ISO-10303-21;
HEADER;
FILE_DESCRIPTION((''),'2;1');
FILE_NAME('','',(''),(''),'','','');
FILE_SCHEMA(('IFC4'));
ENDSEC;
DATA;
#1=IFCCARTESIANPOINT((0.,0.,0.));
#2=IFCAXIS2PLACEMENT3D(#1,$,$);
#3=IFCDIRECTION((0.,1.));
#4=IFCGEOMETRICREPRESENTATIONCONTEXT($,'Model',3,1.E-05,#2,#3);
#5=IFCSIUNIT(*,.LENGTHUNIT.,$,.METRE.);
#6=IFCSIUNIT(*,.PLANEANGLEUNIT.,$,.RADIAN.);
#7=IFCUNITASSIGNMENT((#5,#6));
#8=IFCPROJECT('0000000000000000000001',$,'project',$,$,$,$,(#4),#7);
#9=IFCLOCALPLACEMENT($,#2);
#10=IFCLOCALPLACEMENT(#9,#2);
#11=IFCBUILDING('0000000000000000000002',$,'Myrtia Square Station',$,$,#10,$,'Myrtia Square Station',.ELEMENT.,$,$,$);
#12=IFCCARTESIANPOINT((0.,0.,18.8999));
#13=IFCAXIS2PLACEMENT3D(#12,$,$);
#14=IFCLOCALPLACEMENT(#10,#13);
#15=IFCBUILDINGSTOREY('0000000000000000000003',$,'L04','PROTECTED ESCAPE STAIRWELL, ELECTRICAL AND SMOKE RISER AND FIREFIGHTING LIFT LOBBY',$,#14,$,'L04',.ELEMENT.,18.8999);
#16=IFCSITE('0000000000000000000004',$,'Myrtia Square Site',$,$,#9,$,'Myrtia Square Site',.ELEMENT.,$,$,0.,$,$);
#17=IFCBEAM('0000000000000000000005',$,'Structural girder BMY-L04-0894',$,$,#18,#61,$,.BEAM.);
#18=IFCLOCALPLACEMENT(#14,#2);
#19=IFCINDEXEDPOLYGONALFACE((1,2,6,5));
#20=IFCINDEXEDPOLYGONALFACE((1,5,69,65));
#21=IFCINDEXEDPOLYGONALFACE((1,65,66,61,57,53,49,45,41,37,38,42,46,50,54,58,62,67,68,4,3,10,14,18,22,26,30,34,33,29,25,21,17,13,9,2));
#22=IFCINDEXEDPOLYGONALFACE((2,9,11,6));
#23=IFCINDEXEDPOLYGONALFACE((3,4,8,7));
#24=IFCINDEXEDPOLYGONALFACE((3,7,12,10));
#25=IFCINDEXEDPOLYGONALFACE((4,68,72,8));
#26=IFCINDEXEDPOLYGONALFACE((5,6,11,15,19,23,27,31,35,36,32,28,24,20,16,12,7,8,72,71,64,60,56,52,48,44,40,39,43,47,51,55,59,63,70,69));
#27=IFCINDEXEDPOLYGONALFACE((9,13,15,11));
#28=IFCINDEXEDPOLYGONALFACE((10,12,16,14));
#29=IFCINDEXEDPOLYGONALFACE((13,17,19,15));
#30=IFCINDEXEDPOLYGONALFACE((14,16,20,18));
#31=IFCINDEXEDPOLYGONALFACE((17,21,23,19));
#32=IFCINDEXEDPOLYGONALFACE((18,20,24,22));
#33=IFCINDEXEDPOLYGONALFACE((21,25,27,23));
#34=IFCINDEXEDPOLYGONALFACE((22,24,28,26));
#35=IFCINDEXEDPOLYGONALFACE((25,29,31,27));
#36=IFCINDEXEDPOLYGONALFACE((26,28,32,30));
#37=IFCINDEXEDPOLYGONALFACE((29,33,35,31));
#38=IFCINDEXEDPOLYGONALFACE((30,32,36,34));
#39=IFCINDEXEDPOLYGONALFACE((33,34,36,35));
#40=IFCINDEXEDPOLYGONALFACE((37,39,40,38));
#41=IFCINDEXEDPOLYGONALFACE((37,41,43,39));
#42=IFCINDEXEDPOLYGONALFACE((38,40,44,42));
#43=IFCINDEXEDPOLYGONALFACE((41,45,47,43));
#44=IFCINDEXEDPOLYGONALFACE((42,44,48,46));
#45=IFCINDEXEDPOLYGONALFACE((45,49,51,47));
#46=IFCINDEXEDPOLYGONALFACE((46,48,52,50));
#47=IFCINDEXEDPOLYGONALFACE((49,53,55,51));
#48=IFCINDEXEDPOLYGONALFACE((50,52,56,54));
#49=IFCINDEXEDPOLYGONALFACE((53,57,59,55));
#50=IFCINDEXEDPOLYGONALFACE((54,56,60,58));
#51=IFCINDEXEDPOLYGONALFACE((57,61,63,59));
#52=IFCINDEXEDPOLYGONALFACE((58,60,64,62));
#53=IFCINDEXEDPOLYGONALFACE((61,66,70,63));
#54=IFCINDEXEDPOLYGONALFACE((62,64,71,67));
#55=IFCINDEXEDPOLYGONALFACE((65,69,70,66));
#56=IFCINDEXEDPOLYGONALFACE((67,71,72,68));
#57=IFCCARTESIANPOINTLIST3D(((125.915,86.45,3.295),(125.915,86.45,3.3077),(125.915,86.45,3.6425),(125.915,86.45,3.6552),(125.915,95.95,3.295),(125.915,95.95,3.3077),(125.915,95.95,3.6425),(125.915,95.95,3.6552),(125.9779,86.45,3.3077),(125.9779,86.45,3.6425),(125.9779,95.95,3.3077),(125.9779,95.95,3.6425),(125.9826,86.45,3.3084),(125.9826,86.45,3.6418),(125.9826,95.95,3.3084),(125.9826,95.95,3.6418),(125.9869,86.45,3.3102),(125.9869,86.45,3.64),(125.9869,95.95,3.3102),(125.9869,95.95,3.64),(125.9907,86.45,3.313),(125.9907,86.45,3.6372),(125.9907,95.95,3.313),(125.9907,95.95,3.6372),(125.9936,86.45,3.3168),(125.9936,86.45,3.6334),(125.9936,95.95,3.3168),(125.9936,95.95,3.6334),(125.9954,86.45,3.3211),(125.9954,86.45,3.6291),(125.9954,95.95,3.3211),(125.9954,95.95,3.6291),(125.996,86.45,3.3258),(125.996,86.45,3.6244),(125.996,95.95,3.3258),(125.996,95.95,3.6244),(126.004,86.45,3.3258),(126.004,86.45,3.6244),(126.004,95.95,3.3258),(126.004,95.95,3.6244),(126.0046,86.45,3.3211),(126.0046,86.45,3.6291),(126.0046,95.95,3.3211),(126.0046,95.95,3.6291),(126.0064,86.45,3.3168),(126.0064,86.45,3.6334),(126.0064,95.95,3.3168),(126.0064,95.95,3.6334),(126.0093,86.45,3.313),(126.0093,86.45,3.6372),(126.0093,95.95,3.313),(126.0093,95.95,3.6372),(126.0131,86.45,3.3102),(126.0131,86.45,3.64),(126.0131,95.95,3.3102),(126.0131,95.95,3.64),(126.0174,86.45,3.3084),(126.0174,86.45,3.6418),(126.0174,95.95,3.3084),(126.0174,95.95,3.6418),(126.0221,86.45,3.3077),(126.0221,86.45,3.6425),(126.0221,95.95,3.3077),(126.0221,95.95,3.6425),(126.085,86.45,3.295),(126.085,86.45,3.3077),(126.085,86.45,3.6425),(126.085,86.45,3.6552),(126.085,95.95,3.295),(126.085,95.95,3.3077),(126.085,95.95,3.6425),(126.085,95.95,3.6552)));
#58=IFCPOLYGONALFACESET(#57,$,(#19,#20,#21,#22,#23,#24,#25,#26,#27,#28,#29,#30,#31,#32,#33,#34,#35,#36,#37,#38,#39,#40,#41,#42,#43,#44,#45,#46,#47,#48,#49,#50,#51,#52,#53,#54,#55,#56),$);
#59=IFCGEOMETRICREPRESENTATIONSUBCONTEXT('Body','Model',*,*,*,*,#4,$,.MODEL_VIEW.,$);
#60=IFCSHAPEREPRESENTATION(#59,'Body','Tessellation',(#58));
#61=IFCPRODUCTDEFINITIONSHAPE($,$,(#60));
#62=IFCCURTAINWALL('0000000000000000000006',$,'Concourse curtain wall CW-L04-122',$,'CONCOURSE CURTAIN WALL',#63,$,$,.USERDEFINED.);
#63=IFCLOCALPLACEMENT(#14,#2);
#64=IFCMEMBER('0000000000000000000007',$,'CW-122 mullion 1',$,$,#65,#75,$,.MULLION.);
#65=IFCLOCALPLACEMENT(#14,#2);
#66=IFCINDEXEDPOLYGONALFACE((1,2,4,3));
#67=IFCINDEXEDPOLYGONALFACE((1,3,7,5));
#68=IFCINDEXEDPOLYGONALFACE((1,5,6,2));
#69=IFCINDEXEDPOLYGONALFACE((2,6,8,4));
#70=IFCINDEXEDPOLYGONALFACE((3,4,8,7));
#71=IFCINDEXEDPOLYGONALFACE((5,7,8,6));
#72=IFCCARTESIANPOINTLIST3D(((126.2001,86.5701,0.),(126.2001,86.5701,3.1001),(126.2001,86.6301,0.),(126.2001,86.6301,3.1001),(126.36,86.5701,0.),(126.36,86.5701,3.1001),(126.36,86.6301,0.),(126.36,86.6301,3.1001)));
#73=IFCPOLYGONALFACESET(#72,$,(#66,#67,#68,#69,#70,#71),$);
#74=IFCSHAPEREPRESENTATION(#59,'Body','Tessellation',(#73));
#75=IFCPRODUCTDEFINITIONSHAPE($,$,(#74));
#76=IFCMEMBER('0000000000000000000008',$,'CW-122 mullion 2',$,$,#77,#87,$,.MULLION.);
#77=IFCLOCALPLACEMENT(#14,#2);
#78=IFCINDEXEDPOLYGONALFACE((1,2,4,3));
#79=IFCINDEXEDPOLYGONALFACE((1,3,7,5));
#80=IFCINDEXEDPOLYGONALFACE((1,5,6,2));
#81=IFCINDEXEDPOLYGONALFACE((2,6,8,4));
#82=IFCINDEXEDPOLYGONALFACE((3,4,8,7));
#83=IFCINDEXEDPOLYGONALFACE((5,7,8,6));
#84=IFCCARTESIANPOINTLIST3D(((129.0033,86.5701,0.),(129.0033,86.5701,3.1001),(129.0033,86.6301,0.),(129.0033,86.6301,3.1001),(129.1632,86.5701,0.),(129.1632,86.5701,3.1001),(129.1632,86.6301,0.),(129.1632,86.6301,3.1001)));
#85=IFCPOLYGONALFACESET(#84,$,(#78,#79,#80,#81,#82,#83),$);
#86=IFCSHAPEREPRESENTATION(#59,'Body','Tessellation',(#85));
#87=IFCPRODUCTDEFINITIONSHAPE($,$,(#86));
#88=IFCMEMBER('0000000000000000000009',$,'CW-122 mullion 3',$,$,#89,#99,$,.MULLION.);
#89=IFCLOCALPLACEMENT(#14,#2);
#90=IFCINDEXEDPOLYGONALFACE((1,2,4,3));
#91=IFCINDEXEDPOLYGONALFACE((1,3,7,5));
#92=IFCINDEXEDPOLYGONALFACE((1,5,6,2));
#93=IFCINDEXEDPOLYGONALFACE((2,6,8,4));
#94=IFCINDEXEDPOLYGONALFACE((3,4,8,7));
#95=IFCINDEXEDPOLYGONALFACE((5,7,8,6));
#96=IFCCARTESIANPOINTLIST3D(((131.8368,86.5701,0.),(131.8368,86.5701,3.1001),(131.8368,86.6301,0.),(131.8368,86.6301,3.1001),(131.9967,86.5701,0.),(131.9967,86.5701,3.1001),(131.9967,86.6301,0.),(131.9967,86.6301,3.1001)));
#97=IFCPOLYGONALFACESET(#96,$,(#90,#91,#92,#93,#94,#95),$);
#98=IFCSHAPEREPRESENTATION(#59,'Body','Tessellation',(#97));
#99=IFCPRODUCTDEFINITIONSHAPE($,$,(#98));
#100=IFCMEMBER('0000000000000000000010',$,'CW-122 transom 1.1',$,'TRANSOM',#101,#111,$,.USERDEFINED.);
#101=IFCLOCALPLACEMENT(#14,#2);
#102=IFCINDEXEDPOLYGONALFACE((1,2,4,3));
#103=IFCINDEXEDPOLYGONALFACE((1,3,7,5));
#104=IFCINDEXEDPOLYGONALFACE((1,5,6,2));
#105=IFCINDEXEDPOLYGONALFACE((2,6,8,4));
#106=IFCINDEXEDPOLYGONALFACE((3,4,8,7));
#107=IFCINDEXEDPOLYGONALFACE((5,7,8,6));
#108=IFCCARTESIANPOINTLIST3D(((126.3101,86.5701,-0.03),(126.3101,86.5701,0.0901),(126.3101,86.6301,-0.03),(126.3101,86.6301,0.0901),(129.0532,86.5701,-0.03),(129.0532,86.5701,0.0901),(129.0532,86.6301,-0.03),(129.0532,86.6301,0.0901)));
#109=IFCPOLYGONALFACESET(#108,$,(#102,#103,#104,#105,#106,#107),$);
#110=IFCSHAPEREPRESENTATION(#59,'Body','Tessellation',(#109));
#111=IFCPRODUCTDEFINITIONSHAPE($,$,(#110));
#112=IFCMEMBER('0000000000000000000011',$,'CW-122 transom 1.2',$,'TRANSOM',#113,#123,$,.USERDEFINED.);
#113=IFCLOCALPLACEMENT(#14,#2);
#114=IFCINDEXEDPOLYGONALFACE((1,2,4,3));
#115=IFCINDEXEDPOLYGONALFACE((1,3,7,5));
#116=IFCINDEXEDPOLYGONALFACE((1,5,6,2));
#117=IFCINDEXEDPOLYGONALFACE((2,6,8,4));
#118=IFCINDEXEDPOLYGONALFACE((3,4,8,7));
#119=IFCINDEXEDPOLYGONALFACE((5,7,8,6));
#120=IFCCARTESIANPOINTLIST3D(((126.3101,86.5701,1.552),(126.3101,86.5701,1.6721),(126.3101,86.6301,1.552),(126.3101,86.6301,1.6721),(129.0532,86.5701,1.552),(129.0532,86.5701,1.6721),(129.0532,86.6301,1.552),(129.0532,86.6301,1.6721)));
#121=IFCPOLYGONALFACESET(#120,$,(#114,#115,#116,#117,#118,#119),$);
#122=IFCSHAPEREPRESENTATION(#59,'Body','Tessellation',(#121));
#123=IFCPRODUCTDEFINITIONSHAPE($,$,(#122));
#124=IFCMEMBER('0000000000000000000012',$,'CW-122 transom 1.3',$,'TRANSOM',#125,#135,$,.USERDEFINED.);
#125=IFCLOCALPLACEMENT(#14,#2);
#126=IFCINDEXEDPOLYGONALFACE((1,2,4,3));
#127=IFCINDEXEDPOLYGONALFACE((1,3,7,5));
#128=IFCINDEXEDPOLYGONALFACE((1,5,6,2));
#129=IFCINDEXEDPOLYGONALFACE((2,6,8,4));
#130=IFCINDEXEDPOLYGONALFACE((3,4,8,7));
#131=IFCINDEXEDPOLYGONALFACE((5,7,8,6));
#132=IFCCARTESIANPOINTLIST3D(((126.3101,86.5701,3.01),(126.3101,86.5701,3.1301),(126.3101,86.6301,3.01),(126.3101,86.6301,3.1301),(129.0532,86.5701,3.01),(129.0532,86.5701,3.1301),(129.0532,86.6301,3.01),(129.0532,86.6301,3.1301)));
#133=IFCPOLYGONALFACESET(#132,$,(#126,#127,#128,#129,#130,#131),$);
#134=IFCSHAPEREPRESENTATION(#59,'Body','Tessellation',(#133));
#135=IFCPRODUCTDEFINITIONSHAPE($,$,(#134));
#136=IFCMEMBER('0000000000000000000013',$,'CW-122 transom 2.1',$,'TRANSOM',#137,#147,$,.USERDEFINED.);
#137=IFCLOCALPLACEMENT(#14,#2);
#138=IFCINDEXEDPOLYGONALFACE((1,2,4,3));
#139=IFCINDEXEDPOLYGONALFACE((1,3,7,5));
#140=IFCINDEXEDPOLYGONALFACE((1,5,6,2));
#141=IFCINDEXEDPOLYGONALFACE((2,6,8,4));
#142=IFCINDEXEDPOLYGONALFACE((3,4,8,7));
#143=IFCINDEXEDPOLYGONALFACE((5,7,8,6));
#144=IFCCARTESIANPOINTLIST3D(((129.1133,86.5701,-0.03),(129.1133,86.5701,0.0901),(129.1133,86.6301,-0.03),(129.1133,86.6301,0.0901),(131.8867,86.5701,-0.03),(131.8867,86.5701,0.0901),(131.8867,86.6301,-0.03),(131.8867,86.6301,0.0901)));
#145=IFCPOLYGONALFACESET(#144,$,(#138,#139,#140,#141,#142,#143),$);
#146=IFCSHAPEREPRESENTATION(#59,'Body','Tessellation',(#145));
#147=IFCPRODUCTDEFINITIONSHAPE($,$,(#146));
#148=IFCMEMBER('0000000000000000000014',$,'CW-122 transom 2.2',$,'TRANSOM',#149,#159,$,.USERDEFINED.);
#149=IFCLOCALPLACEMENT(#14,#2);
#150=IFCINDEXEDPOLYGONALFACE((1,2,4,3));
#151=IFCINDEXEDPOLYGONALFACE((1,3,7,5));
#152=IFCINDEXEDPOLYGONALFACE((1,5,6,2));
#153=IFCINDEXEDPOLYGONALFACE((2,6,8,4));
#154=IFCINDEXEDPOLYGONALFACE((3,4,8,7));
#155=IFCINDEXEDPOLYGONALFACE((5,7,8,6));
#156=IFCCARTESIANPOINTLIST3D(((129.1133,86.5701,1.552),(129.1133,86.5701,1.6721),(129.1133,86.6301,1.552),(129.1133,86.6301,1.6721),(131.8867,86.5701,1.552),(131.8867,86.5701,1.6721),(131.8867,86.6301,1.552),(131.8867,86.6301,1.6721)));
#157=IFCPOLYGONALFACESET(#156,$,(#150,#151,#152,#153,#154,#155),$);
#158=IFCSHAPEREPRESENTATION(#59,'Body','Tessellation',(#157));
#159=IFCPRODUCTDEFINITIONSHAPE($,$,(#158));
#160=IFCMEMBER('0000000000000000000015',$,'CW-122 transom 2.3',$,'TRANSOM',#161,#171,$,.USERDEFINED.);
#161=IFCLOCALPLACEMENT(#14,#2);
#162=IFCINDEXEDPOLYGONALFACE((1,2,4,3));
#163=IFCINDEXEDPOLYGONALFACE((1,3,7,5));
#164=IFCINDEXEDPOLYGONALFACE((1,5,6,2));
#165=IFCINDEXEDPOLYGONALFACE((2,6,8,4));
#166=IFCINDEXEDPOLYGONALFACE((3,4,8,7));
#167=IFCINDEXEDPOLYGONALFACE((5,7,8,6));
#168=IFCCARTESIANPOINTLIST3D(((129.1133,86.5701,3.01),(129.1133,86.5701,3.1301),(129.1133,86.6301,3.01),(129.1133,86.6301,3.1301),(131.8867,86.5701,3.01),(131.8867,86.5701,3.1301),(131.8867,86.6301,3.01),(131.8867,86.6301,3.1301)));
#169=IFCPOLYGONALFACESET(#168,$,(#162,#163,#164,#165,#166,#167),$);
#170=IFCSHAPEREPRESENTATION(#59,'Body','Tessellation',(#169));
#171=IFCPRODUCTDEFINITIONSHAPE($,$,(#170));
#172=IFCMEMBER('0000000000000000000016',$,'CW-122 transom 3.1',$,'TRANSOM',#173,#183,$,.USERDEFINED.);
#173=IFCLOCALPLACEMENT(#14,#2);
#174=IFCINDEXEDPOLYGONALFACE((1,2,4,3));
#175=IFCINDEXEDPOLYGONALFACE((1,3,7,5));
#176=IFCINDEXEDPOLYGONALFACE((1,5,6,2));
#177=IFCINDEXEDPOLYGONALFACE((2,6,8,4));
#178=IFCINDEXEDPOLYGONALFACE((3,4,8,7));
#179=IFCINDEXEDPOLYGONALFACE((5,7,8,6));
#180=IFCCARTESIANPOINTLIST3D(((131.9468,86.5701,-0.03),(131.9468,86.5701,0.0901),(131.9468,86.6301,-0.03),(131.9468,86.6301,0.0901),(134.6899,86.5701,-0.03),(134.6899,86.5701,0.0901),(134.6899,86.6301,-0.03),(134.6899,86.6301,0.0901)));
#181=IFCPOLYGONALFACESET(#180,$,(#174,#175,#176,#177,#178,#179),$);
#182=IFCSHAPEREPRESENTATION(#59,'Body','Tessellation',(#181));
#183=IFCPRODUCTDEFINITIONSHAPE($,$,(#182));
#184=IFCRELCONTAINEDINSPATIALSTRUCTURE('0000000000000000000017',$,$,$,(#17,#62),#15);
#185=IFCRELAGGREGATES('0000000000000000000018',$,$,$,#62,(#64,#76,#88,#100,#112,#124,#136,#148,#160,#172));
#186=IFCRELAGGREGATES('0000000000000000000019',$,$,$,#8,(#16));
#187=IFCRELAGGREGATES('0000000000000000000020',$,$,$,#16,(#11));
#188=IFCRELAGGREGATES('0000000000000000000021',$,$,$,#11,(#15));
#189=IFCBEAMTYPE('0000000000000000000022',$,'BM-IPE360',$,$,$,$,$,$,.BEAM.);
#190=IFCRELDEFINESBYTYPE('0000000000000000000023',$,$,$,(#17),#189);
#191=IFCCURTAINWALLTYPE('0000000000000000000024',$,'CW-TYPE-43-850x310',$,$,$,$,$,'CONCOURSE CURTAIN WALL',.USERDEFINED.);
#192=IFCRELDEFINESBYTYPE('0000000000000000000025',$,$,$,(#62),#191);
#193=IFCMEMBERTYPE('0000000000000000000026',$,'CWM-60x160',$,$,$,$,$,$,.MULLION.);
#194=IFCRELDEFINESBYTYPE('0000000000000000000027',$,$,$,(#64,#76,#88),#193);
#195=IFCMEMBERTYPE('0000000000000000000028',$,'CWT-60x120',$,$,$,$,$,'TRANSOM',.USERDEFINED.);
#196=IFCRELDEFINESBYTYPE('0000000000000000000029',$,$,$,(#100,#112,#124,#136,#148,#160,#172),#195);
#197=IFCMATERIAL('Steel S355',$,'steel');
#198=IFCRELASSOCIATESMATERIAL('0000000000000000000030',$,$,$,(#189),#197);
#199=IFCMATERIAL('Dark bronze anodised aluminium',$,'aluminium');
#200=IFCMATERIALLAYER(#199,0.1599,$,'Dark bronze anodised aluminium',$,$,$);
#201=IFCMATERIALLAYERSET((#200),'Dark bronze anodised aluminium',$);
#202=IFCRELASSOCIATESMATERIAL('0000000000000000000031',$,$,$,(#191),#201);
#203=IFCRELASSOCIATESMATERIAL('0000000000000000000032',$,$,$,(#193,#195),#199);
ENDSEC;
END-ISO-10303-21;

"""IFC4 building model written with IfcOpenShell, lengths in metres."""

from ifc_helpers import new_model, si_unit, direction, frame, origin, origin_2d, place, context, subcontext, project, spatial, rectangle, i_section, extrude, material, layer, layer_set, material_profile, profile_set, type_object, element, aggregate, save


model = new_model("IFC4")

# Units and contexts
model_context = context("Model", 3, precision=1e-05, world=origin(), true_north=direction((0.0, 1.0)))
body_context = subcontext(model_context, "Body", "Model", "MODEL_VIEW")
ifc_project = project(units=[si_unit("LENGTHUNIT", "METRE"), si_unit("PLANEANGLEUNIT", "RADIAN")], contexts=[model_context])

# Site, building, storey
site_placement = place(None, origin())
site = spatial("IfcSite", under=ifc_project, at=site_placement, Name="Myrtia Square Site", LongName="Myrtia Square Site", CompositionType="ELEMENT", RefElevation=0.0)
building_placement = place(site_placement, origin())
building = spatial("IfcBuilding", under=site, at=building_placement, Name="Myrtia Square Station", LongName="Myrtia Square Station", CompositionType="ELEMENT")
storey_placement = place(building_placement, frame((0.0, 0.0, 18.8999)))
storey = spatial("IfcBuildingStorey", under=building, at=storey_placement, Name="L04", Description="PROTECTED ESCAPE STAIRWELL, ELECTRICAL AND SMOKE RISER AND FIREFIGHTING LIFT LOBBY", LongName="L04", CompositionType="ELEMENT", Elevation=18.8999)

# Shared definitions
ifc_material_1 = material(Name="Steel S355", Category="steel")

# Beam
ifc_material_profile_1 = material_profile(ifc_material_1, i_section(OverallWidth=0.1699, OverallDepth=0.3601, WebThickness=0.0081, FlangeThickness=0.0127, FilletRadius=0.0181, at=origin_2d()), Name="IPE 360")
ifc_profile_set_1 = profile_set([ifc_material_profile_1], Name="Steel S355")
beam_type_1 = type_object("IfcBeamType", Name="BM-IPE360", PredefinedType="BEAM", material=ifc_profile_set_1)
beam_1_placement = place(storey_placement, frame((126.0, 86.45, 3.4751), z_axis=(0.0, 1.0, 0.0), x_axis=(-1.0, 0.0, 0.0)))
element("IfcBeam", 1, at=beam_1_placement, inside=storey, type_object=beam_type_1, Name="Structural girder BMY-L04-0894", PredefinedType="BEAM", context=body_context, shape_type="SweptSolid", body=[
    extrude(i_section(OverallWidth=0.1699, OverallDepth=0.3601, WebThickness=0.0081, FlangeThickness=0.0127, FilletRadius=0.0181, at=origin_2d()), origin(), (0.0, 0.0, 1.0), 9.5),
])

# Curtain wall, members
ifc_material_2 = material(Name="Dark bronze anodised aluminium", Category="aluminium")
ifc_layer_1 = layer(ifc_material_2, 0.1599, Name="Dark bronze anodised aluminium")
ifc_layer_set_1 = layer_set([ifc_layer_1], Name="Dark bronze anodised aluminium")
curtain_wall_type = type_object("IfcCurtainWallType", Name="CW-TYPE-43-850x310", ElementType="CONCOURSE CURTAIN WALL", PredefinedType="USERDEFINED", material=ifc_layer_set_1)
curtain_wall_placement = place(storey_placement, origin())
curtain_wall = element("IfcCurtainWall", 2, at=curtain_wall_placement, inside=storey, type_object=curtain_wall_type, Name="Concourse curtain wall CW-L04-122", ObjectType="CONCOURSE CURTAIN WALL", PredefinedType="USERDEFINED")
ifc_material_profile_2 = material_profile(ifc_material_2, rectangle(XDim=0.0601, YDim=0.1599, at=origin_2d()), Name="ALU-M 60x160")
ifc_profile_set_2 = profile_set([ifc_material_profile_2], Name="Dark bronze anodised aluminium")
member_type_1 = type_object("IfcMemberType", Name="CWM-60x160", PredefinedType="MULLION", material=ifc_profile_set_2)
member_1_placement = place(storey_placement, frame((126.28, 86.6001, 0.0), z_axis=(0.0, 0.0, 1.0), x_axis=(0.0, 1.0, 0.0)))
member_1 = element("IfcMember", 3, at=member_1_placement, type_object=member_type_1, Name="CW-122 mullion 1", PredefinedType="MULLION", context=body_context, shape_type="SweptSolid", body=[
    extrude(rectangle(XDim=0.0601, YDim=0.1599, at=origin_2d()), origin(), (0.0, 0.0, 1.0), 3.1001),
])
member_2_placement = place(storey_placement, frame((129.0833, 86.6001, 0.0), z_axis=(0.0, 0.0, 1.0), x_axis=(0.0, 1.0, 0.0)))
member_2 = element("IfcMember", 4, at=member_2_placement, type_object=member_type_1, Name="CW-122 mullion 2", PredefinedType="MULLION", context=body_context, shape_type="SweptSolid", body=[
    extrude(rectangle(XDim=0.0601, YDim=0.1599, at=origin_2d()), origin(), (0.0, 0.0, 1.0), 3.1001),
])
member_3_placement = place(storey_placement, frame((131.9167, 86.6001, 0.0), z_axis=(0.0, 0.0, 1.0), x_axis=(0.0, 1.0, 0.0)))
member_3 = element("IfcMember", 5, at=member_3_placement, type_object=member_type_1, Name="CW-122 mullion 3", PredefinedType="MULLION", context=body_context, shape_type="SweptSolid", body=[
    extrude(rectangle(XDim=0.0601, YDim=0.1599, at=origin_2d()), origin(), (0.0, 0.0, 1.0), 3.1001),
])
ifc_material_profile_3 = material_profile(ifc_material_2, rectangle(XDim=0.0601, YDim=0.1201, at=origin_2d()), Name="ALU-T 60x120")
ifc_profile_set_3 = profile_set([ifc_material_profile_3], Name="Dark bronze anodised aluminium")
member_type_2 = type_object("IfcMemberType", Name="CWT-60x120", ElementType="TRANSOM", PredefinedType="USERDEFINED", material=ifc_profile_set_3)
member_4_placement = place(storey_placement, frame((126.3101, 86.6001, 0.03), z_axis=(1.0, 0.0, 0.0), x_axis=(0.0, 1.0, 0.0)))
member_4 = element("IfcMember", 6, at=member_4_placement, type_object=member_type_2, Name="CW-122 transom 1.1", ObjectType="TRANSOM", PredefinedType="USERDEFINED", context=body_context, shape_type="SweptSolid", body=[
    extrude(rectangle(XDim=0.0601, YDim=0.1201, at=origin_2d()), origin(), (0.0, 0.0, 1.0), 2.7432),
])
member_5_placement = place(storey_placement, frame((126.3101, 86.6001, 1.6121), z_axis=(1.0, 0.0, 0.0), x_axis=(0.0, 1.0, 0.0)))
member_5 = element("IfcMember", 7, at=member_5_placement, type_object=member_type_2, Name="CW-122 transom 1.2", ObjectType="TRANSOM", PredefinedType="USERDEFINED", context=body_context, shape_type="SweptSolid", body=[
    extrude(rectangle(XDim=0.0601, YDim=0.1201, at=origin_2d()), origin(), (0.0, 0.0, 1.0), 2.7432),
])
member_6_placement = place(storey_placement, frame((126.3101, 86.6001, 3.0701), z_axis=(1.0, 0.0, 0.0), x_axis=(0.0, 1.0, 0.0)))
member_6 = element("IfcMember", 8, at=member_6_placement, type_object=member_type_2, Name="CW-122 transom 1.3", ObjectType="TRANSOM", PredefinedType="USERDEFINED", context=body_context, shape_type="SweptSolid", body=[
    extrude(rectangle(XDim=0.0601, YDim=0.1201, at=origin_2d()), origin(), (0.0, 0.0, 1.0), 2.7432),
])
member_7_placement = place(storey_placement, frame((129.1133, 86.6001, 0.03), z_axis=(1.0, 0.0, 0.0), x_axis=(0.0, 1.0, 0.0)))
member_7 = element("IfcMember", 9, at=member_7_placement, type_object=member_type_2, Name="CW-122 transom 2.1", ObjectType="TRANSOM", PredefinedType="USERDEFINED", context=body_context, shape_type="SweptSolid", body=[
    extrude(rectangle(XDim=0.0601, YDim=0.1201, at=origin_2d()), origin(), (0.0, 0.0, 1.0), 2.7734),
])
member_8_placement = place(storey_placement, frame((129.1133, 86.6001, 1.6121), z_axis=(1.0, 0.0, 0.0), x_axis=(0.0, 1.0, 0.0)))
member_8 = element("IfcMember", 10, at=member_8_placement, type_object=member_type_2, Name="CW-122 transom 2.2", ObjectType="TRANSOM", PredefinedType="USERDEFINED", context=body_context, shape_type="SweptSolid", body=[
    extrude(rectangle(XDim=0.0601, YDim=0.1201, at=origin_2d()), origin(), (0.0, 0.0, 1.0), 2.7734),
])
member_9_placement = place(storey_placement, frame((129.1133, 86.6001, 3.0701), z_axis=(1.0, 0.0, 0.0), x_axis=(0.0, 1.0, 0.0)))
member_9 = element("IfcMember", 11, at=member_9_placement, type_object=member_type_2, Name="CW-122 transom 2.3", ObjectType="TRANSOM", PredefinedType="USERDEFINED", context=body_context, shape_type="SweptSolid", body=[
    extrude(rectangle(XDim=0.0601, YDim=0.1201, at=origin_2d()), origin(), (0.0, 0.0, 1.0), 2.7734),
])
member_10_placement = place(storey_placement, frame((131.9468, 86.6001, 0.03), z_axis=(1.0, 0.0, 0.0), x_axis=(0.0, 1.0, 0.0)))
member_10 = element("IfcMember", 12, at=member_10_placement, type_object=member_type_2, Name="CW-122 transom 3.1", ObjectType="TRANSOM", PredefinedType="USERDEFINED", context=body_context, shape_type="SweptSolid", body=[
    extrude(rectangle(XDim=0.0601, YDim=0.1201, at=origin_2d()), origin(), (0.0, 0.0, 1.0), 2.7432),
])

aggregate(curtain_wall, [member_1, member_2, member_3, member_4, member_5, member_6, member_7, member_8, member_9, member_10])

save(model, "model.ifc")
